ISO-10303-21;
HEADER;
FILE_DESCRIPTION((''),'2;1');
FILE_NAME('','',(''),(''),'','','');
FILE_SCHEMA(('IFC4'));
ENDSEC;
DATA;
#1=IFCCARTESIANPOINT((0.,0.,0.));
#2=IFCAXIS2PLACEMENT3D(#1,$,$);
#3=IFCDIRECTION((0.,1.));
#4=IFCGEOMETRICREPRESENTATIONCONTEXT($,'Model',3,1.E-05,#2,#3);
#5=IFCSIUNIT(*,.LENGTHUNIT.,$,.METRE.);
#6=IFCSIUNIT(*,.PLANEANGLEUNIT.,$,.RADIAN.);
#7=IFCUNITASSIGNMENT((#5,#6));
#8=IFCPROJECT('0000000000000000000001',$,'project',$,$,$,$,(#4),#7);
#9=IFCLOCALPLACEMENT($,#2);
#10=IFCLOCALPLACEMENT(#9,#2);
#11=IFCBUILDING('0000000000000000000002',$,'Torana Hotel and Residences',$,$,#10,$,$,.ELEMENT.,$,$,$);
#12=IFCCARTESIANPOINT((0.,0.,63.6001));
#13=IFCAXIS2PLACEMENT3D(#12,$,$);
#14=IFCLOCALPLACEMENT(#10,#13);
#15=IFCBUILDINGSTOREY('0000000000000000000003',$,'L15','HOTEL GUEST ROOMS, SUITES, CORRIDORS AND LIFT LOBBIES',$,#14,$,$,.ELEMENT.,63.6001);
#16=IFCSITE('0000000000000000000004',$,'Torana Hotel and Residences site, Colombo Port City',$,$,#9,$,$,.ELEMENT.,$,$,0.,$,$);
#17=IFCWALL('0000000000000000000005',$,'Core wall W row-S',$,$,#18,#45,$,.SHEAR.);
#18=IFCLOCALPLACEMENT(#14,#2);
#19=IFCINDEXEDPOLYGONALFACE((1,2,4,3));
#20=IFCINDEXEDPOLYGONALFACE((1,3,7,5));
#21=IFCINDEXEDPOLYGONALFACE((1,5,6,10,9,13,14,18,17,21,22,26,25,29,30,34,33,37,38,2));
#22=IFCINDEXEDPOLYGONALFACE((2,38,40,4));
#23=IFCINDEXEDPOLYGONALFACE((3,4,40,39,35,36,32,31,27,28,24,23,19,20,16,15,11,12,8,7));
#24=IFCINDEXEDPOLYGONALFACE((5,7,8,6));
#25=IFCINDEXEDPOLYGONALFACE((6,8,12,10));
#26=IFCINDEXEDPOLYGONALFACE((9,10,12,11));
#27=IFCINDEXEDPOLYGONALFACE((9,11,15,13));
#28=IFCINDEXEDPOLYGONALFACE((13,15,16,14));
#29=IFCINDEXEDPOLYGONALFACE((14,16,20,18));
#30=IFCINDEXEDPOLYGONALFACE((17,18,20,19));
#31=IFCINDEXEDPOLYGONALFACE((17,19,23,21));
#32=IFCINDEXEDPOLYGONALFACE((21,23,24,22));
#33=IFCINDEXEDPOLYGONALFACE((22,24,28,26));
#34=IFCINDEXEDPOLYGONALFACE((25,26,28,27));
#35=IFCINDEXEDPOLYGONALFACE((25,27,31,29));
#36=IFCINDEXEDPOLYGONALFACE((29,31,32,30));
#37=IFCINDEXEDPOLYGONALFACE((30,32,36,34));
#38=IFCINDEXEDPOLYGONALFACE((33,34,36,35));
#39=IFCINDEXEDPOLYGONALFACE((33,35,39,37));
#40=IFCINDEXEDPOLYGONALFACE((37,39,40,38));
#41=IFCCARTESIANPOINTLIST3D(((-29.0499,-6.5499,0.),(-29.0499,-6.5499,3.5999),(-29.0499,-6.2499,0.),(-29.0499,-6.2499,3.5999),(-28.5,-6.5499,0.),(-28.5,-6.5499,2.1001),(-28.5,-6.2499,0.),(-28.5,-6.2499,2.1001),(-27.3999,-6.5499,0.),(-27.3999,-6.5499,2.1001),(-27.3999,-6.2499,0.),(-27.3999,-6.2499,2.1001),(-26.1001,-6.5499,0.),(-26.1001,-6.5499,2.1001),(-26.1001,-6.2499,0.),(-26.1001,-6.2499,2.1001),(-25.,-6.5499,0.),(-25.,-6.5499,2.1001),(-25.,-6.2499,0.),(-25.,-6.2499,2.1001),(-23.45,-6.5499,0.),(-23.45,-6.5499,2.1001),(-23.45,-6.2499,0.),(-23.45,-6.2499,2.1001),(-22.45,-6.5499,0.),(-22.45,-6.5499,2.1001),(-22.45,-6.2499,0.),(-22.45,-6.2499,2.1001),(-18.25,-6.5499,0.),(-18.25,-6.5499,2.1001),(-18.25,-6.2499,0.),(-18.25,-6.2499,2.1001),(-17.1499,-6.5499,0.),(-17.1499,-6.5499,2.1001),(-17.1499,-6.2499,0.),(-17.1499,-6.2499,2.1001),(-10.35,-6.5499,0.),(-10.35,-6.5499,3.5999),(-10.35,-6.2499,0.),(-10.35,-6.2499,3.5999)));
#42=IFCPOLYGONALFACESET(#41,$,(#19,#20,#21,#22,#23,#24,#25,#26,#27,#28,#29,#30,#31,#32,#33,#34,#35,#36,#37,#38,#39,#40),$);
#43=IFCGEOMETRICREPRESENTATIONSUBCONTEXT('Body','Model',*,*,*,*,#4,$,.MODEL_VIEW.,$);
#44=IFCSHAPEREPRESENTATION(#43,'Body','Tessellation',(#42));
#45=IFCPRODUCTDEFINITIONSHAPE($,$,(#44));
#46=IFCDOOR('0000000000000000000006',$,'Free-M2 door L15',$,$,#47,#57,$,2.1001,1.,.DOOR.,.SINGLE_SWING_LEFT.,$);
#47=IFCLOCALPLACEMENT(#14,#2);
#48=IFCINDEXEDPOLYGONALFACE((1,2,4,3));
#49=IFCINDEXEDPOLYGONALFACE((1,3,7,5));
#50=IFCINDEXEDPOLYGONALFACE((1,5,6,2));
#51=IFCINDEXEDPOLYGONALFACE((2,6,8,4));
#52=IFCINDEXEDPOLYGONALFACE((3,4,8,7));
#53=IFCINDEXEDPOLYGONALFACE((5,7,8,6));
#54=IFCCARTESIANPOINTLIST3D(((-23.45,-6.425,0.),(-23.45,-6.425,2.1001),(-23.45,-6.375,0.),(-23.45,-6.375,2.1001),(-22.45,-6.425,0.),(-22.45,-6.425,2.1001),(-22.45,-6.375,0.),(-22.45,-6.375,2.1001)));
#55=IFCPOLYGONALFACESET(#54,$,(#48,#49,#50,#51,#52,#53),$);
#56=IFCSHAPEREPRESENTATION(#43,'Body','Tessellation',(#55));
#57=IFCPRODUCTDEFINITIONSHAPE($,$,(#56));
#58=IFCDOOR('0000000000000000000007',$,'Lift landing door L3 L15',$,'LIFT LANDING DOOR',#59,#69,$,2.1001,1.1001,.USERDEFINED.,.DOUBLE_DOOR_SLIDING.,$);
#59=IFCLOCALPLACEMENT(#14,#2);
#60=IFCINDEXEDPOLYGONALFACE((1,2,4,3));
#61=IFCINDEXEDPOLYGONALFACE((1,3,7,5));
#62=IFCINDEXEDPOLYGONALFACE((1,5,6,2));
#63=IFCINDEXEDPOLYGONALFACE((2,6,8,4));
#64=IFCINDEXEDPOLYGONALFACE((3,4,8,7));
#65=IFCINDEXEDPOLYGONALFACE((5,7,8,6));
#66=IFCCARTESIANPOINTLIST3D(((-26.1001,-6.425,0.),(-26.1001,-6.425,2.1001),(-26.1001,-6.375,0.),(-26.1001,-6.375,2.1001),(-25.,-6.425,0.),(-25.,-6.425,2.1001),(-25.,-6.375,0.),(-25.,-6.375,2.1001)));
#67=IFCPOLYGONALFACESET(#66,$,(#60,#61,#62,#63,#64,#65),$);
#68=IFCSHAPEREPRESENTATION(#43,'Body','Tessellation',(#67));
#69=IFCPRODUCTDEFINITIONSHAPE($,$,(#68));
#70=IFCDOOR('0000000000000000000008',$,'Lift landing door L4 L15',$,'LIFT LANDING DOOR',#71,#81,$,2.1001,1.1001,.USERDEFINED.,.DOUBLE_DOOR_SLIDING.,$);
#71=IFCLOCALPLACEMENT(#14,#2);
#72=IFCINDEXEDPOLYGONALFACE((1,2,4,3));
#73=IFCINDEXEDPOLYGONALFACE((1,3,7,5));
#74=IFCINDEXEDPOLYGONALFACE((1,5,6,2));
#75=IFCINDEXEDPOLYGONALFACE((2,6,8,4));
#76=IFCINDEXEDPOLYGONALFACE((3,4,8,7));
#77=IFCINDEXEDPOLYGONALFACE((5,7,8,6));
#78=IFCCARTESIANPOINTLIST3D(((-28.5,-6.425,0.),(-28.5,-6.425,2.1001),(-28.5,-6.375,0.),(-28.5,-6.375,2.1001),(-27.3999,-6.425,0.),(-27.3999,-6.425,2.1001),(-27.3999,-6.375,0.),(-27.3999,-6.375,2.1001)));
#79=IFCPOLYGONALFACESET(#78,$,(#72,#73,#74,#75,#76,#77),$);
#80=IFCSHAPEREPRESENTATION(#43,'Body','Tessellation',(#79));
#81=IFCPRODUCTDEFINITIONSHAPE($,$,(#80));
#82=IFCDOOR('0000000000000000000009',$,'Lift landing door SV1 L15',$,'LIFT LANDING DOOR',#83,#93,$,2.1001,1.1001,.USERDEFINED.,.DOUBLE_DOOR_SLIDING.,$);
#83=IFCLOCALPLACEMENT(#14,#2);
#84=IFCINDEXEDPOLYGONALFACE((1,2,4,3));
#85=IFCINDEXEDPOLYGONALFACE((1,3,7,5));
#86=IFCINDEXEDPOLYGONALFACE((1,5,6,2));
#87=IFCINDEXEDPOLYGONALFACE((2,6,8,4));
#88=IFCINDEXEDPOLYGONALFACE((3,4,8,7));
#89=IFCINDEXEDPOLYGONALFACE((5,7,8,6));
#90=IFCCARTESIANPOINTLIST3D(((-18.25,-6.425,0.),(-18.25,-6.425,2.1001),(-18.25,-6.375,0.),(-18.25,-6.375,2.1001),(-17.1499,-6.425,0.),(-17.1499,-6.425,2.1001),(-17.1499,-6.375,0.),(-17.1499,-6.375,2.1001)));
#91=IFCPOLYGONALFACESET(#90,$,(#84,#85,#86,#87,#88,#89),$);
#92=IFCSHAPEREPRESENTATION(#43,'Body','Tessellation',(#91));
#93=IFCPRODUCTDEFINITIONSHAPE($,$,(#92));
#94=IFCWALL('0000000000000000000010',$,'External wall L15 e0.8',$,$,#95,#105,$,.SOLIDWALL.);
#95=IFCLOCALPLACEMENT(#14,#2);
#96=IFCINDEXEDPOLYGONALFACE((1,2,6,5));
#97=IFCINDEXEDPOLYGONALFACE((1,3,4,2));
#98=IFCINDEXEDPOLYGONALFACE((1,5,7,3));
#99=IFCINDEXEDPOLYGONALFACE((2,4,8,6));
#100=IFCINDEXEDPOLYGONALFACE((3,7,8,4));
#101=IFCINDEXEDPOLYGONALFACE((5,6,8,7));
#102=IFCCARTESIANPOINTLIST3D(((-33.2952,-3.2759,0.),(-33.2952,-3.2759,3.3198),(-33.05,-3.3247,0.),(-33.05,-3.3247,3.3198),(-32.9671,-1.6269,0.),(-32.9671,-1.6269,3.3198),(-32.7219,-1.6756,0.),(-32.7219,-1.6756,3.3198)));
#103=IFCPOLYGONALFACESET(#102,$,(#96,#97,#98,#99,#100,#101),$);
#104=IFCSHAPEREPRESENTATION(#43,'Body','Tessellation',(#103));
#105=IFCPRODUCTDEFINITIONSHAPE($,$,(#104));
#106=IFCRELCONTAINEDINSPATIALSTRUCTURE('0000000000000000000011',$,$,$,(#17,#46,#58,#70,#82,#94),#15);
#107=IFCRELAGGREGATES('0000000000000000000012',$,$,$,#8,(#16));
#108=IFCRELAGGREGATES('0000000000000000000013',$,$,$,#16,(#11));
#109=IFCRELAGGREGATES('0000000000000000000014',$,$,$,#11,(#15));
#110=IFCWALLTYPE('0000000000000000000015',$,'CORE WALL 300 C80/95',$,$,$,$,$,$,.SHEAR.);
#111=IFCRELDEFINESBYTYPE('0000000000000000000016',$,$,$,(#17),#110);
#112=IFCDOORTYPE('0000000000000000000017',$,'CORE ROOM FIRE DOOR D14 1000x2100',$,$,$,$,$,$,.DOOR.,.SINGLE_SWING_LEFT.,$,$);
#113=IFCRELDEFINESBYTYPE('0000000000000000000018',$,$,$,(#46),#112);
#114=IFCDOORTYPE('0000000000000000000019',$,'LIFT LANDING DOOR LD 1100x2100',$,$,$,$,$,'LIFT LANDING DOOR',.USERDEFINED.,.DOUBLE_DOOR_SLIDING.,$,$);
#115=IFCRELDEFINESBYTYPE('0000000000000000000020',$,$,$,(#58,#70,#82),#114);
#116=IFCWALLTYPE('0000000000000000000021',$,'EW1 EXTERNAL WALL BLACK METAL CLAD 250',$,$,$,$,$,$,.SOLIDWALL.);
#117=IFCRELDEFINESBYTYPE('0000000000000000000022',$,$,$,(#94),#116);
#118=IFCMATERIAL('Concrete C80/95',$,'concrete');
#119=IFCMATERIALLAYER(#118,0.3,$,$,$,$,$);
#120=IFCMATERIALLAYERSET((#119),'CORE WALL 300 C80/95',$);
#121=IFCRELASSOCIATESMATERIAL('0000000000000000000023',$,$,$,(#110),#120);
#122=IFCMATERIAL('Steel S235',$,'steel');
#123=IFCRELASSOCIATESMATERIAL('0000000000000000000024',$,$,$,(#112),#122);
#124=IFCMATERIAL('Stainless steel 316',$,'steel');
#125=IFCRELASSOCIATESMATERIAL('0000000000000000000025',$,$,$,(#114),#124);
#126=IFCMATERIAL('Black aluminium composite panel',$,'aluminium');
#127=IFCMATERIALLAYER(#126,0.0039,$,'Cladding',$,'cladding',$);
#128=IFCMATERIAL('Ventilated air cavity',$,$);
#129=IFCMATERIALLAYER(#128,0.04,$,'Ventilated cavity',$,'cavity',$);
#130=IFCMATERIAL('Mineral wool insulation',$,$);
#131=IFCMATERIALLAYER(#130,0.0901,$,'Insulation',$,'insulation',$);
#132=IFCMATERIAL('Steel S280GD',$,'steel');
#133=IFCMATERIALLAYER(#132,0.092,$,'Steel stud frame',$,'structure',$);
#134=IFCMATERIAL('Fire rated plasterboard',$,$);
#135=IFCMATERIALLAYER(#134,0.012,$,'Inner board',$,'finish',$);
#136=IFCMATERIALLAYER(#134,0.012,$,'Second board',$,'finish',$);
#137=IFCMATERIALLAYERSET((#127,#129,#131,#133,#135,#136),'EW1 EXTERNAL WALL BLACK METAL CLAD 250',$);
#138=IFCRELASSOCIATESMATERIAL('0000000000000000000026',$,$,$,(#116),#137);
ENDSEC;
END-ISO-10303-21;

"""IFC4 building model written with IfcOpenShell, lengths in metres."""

from ifc_helpers import new_model, si_unit, direction, frame, frame_2d, origin, place, context, subcontext, project, spatial, rectangle, extrude, material, layer, layer_set, type_object, element, fill, save


model = new_model("IFC4")

# Units and contexts
model_context = context("Model", 3, precision=1e-05, world=origin(), true_north=direction((0.0, 1.0)))
body_context = subcontext(model_context, "Body", "Model", "MODEL_VIEW")
ifc_project = project(units=[si_unit("LENGTHUNIT", "METRE"), si_unit("PLANEANGLEUNIT", "RADIAN")], contexts=[model_context])

# Site, building, storey
site_placement = place(None, origin())
site = spatial("IfcSite", under=ifc_project, at=site_placement, Name="Torana Hotel and Residences site, Colombo Port City", CompositionType="ELEMENT", RefElevation=0.0)
building_placement = place(site_placement, origin())
building = spatial("IfcBuilding", under=site, at=building_placement, Name="Torana Hotel and Residences", CompositionType="ELEMENT")
storey_placement = place(building_placement, frame((0.0, 0.0, 63.6001)))
storey = spatial("IfcBuildingStorey", under=building, at=storey_placement, Name="L15", Description="HOTEL GUEST ROOMS, SUITES, CORRIDORS AND LIFT LOBBIES", CompositionType="ELEMENT", Elevation=63.6001)

# Wall, openings, doors
ifc_material_1 = material(Name="Concrete C80/95", Category="concrete")
ifc_layer_1 = layer(ifc_material_1, 0.3)
ifc_layer_set_1 = layer_set([ifc_layer_1], Name="CORE WALL 300 C80/95")
wall_type_1 = type_object("IfcWallType", Name="CORE WALL 300 C80/95", PredefinedType="SHEAR", material=ifc_layer_set_1)
ifc_material_2 = material(Name="Steel S235", Category="steel")
door_type_1 = type_object("IfcDoorType", Name="CORE ROOM FIRE DOOR D14 1000x2100", OperationType="SINGLE_SWING_LEFT", PredefinedType="DOOR", material=ifc_material_2)
ifc_material_3 = material(Name="Stainless steel 316", Category="steel")
door_type_2 = type_object("IfcDoorType", Name="LIFT LANDING DOOR LD 1100x2100", ElementType="LIFT LANDING DOOR", OperationType="DOUBLE_DOOR_SLIDING", PredefinedType="USERDEFINED", material=ifc_material_3)
wall_1_placement = place(storey_placement, frame((-29.05, -6.3999, 0.0), z_axis=(0.0, 0.0, 1.0), x_axis=(1.0, 0.0, 0.0)))
wall_1 = element("IfcWall", 1, at=wall_1_placement, inside=storey, type_object=wall_type_1, Name="Core wall W row-S", PredefinedType="SHEAR", context=body_context, shape_type="SweptSolid", body=[
    extrude(rectangle(XDim=18.7, YDim=0.3, at=frame_2d((9.3501, 0.0))), origin(), (0.0, 0.0, 1.0), 3.5999),
])
opening_1_placement = place(wall_1_placement, frame((2.95, 0.0, 0.0)))
opening_1 = element("IfcOpeningElement", 2, at=opening_1_placement, cuts=wall_1, PredefinedType="OPENING", context=body_context, shape_type="SweptSolid", body=[
    extrude(rectangle(XDim=1.1001, YDim=2.1001, at=frame_2d((0.55, 1.05))), frame((0.0, 0.1599, 0.0), z_axis=(0.0, -1.0, 0.0), x_axis=(1.0, 0.0, 0.0)), (0.0, 0.0, 1.0), 0.3201),
])
opening_2_placement = place(wall_1_placement, frame((0.55, 0.0, 0.0)))
opening_2 = element("IfcOpeningElement", 3, at=opening_2_placement, cuts=wall_1, PredefinedType="OPENING", context=body_context, shape_type="SweptSolid", body=[
    extrude(rectangle(XDim=1.1001, YDim=2.1001, at=frame_2d((0.55, 1.05))), frame((0.0, 0.1599, 0.0), z_axis=(0.0, -1.0, 0.0), x_axis=(1.0, 0.0, 0.0)), (0.0, 0.0, 1.0), 0.3201),
])
opening_3_placement = place(wall_1_placement, frame((10.8, 0.0, 0.0)))
opening_3 = element("IfcOpeningElement", 4, at=opening_3_placement, cuts=wall_1, PredefinedType="OPENING", context=body_context, shape_type="SweptSolid", body=[
    extrude(rectangle(XDim=1.1001, YDim=2.1001, at=frame_2d((0.55, 1.05))), frame((0.0, 0.1599, 0.0), z_axis=(0.0, -1.0, 0.0), x_axis=(1.0, 0.0, 0.0)), (0.0, 0.0, 1.0), 0.3201),
])
opening_4_placement = place(wall_1_placement, frame((5.6001, 0.0, 0.0)))
opening_4 = element("IfcOpeningElement", 5, at=opening_4_placement, cuts=wall_1, PredefinedType="OPENING", context=body_context, shape_type="SweptSolid", body=[
    extrude(rectangle(XDim=1.0, YDim=2.1001, at=frame_2d((0.5, 1.05))), frame((0.0, 0.1599, 0.0), z_axis=(0.0, -1.0, 0.0), x_axis=(1.0, 0.0, 0.0)), (0.0, 0.0, 1.0), 0.3201),
])
door_1_placement = place(opening_4_placement, frame((0.5, 0.0, 0.0), z_axis=(0.0, 0.0, 1.0), x_axis=(-1.0, 0.0, 0.0)))
door_1 = element("IfcDoor", 6, at=door_1_placement, inside=storey, type_object=door_type_1, Name="Free-M2 door L15", OperationType="SINGLE_SWING_LEFT", OverallHeight=2.1001, OverallWidth=1.0, PredefinedType="DOOR", context=body_context, shape_type="SweptSolid", body=[
    extrude(rectangle(XDim=1.0, YDim=2.1001, at=frame_2d((0.0, 1.05))), frame((0.0, -0.0249, 0.0), z_axis=(0.0, 1.0, 0.0), x_axis=(-1.0, 0.0, 0.0)), (0.0, 0.0, 1.0), 0.05),
])
fill(opening_4, door_1)
door_2_placement = place(opening_1_placement, origin())
door_2 = element("IfcDoor", 7, at=door_2_placement, inside=storey, type_object=door_type_2, Name="Lift landing door L3 L15", ObjectType="LIFT LANDING DOOR", OperationType="DOUBLE_DOOR_SLIDING", OverallHeight=2.1001, OverallWidth=1.1001, PredefinedType="USERDEFINED", context=body_context, shape_type="SweptSolid", body=[
    extrude(rectangle(XDim=1.1001, YDim=2.1001, at=frame_2d((0.55, 1.05))), frame((0.0, 0.0249, 0.0), z_axis=(0.0, -1.0, 0.0), x_axis=(1.0, 0.0, 0.0)), (0.0, 0.0, 1.0), 0.05),
])
fill(opening_1, door_2)
door_3_placement = place(opening_2_placement, origin())
door_3 = element("IfcDoor", 8, at=door_3_placement, inside=storey, type_object=door_type_2, Name="Lift landing door L4 L15", ObjectType="LIFT LANDING DOOR", OperationType="DOUBLE_DOOR_SLIDING", OverallHeight=2.1001, OverallWidth=1.1001, PredefinedType="USERDEFINED", context=body_context, shape_type="SweptSolid", body=[
    extrude(rectangle(XDim=1.1001, YDim=2.1001, at=frame_2d((0.55, 1.05))), frame((0.0, 0.0249, 0.0), z_axis=(0.0, -1.0, 0.0), x_axis=(1.0, 0.0, 0.0)), (0.0, 0.0, 1.0), 0.05),
])
fill(opening_2, door_3)
door_4_placement = place(opening_3_placement, origin())
door_4 = element("IfcDoor", 9, at=door_4_placement, inside=storey, type_object=door_type_2, Name="Lift landing door SV1 L15", ObjectType="LIFT LANDING DOOR", OperationType="DOUBLE_DOOR_SLIDING", OverallHeight=2.1001, OverallWidth=1.1001, PredefinedType="USERDEFINED", context=body_context, shape_type="SweptSolid", body=[
    extrude(rectangle(XDim=1.1001, YDim=2.1001, at=frame_2d((0.55, 1.05))), frame((0.0, 0.0249, 0.0), z_axis=(0.0, -1.0, 0.0), x_axis=(1.0, 0.0, 0.0)), (0.0, 0.0, 1.0), 0.05),
])
fill(opening_3, door_4)

# Wall
ifc_material_4 = material(Name="Black aluminium composite panel", Category="aluminium")
ifc_layer_2 = layer(ifc_material_4, 0.0039, Name="Cladding", Category="cladding")
ifc_material_5 = material(Name="Ventilated air cavity")
ifc_layer_3 = layer(ifc_material_5, 0.04, Name="Ventilated cavity", Category="cavity")
ifc_material_6 = material(Name="Mineral wool insulation")
ifc_layer_4 = layer(ifc_material_6, 0.0901, Name="Insulation", Category="insulation")
ifc_material_7 = material(Name="Steel S280GD", Category="steel")
ifc_layer_5 = layer(ifc_material_7, 0.092, Name="Steel stud frame", Category="structure")
ifc_material_8 = material(Name="Fire rated plasterboard")
ifc_layer_6 = layer(ifc_material_8, 0.012, Name="Inner board", Category="finish")
ifc_layer_7 = layer(ifc_material_8, 0.012, Name="Second board", Category="finish")
ifc_layer_set_2 = layer_set([ifc_layer_2, ifc_layer_3, ifc_layer_4, ifc_layer_5, ifc_layer_6, ifc_layer_7], Name="EW1 EXTERNAL WALL BLACK METAL CLAD 250")
wall_type_2 = type_object("IfcWallType", Name="EW1 EXTERNAL WALL BLACK METAL CLAD 250", PredefinedType="SOLIDWALL", material=ifc_layer_set_2)
wall_2_placement = place(storey_placement, frame((-32.8445, -1.6511, 0.0), z_axis=(0.0, 0.0, 1.0), x_axis=(-0.195139, -0.980776, 0.0)))
element("IfcWall", 10, at=wall_2_placement, inside=storey, type_object=wall_type_2, Name="External wall L15 e0.8", PredefinedType="SOLIDWALL", context=body_context, shape_type="SweptSolid", body=[
    extrude(rectangle(XDim=1.6814, YDim=0.25, at=frame_2d((0.8408, 0.0))), origin(), (0.0, 0.0, 1.0), 3.3198),
])

save(model, "model.ifc")
